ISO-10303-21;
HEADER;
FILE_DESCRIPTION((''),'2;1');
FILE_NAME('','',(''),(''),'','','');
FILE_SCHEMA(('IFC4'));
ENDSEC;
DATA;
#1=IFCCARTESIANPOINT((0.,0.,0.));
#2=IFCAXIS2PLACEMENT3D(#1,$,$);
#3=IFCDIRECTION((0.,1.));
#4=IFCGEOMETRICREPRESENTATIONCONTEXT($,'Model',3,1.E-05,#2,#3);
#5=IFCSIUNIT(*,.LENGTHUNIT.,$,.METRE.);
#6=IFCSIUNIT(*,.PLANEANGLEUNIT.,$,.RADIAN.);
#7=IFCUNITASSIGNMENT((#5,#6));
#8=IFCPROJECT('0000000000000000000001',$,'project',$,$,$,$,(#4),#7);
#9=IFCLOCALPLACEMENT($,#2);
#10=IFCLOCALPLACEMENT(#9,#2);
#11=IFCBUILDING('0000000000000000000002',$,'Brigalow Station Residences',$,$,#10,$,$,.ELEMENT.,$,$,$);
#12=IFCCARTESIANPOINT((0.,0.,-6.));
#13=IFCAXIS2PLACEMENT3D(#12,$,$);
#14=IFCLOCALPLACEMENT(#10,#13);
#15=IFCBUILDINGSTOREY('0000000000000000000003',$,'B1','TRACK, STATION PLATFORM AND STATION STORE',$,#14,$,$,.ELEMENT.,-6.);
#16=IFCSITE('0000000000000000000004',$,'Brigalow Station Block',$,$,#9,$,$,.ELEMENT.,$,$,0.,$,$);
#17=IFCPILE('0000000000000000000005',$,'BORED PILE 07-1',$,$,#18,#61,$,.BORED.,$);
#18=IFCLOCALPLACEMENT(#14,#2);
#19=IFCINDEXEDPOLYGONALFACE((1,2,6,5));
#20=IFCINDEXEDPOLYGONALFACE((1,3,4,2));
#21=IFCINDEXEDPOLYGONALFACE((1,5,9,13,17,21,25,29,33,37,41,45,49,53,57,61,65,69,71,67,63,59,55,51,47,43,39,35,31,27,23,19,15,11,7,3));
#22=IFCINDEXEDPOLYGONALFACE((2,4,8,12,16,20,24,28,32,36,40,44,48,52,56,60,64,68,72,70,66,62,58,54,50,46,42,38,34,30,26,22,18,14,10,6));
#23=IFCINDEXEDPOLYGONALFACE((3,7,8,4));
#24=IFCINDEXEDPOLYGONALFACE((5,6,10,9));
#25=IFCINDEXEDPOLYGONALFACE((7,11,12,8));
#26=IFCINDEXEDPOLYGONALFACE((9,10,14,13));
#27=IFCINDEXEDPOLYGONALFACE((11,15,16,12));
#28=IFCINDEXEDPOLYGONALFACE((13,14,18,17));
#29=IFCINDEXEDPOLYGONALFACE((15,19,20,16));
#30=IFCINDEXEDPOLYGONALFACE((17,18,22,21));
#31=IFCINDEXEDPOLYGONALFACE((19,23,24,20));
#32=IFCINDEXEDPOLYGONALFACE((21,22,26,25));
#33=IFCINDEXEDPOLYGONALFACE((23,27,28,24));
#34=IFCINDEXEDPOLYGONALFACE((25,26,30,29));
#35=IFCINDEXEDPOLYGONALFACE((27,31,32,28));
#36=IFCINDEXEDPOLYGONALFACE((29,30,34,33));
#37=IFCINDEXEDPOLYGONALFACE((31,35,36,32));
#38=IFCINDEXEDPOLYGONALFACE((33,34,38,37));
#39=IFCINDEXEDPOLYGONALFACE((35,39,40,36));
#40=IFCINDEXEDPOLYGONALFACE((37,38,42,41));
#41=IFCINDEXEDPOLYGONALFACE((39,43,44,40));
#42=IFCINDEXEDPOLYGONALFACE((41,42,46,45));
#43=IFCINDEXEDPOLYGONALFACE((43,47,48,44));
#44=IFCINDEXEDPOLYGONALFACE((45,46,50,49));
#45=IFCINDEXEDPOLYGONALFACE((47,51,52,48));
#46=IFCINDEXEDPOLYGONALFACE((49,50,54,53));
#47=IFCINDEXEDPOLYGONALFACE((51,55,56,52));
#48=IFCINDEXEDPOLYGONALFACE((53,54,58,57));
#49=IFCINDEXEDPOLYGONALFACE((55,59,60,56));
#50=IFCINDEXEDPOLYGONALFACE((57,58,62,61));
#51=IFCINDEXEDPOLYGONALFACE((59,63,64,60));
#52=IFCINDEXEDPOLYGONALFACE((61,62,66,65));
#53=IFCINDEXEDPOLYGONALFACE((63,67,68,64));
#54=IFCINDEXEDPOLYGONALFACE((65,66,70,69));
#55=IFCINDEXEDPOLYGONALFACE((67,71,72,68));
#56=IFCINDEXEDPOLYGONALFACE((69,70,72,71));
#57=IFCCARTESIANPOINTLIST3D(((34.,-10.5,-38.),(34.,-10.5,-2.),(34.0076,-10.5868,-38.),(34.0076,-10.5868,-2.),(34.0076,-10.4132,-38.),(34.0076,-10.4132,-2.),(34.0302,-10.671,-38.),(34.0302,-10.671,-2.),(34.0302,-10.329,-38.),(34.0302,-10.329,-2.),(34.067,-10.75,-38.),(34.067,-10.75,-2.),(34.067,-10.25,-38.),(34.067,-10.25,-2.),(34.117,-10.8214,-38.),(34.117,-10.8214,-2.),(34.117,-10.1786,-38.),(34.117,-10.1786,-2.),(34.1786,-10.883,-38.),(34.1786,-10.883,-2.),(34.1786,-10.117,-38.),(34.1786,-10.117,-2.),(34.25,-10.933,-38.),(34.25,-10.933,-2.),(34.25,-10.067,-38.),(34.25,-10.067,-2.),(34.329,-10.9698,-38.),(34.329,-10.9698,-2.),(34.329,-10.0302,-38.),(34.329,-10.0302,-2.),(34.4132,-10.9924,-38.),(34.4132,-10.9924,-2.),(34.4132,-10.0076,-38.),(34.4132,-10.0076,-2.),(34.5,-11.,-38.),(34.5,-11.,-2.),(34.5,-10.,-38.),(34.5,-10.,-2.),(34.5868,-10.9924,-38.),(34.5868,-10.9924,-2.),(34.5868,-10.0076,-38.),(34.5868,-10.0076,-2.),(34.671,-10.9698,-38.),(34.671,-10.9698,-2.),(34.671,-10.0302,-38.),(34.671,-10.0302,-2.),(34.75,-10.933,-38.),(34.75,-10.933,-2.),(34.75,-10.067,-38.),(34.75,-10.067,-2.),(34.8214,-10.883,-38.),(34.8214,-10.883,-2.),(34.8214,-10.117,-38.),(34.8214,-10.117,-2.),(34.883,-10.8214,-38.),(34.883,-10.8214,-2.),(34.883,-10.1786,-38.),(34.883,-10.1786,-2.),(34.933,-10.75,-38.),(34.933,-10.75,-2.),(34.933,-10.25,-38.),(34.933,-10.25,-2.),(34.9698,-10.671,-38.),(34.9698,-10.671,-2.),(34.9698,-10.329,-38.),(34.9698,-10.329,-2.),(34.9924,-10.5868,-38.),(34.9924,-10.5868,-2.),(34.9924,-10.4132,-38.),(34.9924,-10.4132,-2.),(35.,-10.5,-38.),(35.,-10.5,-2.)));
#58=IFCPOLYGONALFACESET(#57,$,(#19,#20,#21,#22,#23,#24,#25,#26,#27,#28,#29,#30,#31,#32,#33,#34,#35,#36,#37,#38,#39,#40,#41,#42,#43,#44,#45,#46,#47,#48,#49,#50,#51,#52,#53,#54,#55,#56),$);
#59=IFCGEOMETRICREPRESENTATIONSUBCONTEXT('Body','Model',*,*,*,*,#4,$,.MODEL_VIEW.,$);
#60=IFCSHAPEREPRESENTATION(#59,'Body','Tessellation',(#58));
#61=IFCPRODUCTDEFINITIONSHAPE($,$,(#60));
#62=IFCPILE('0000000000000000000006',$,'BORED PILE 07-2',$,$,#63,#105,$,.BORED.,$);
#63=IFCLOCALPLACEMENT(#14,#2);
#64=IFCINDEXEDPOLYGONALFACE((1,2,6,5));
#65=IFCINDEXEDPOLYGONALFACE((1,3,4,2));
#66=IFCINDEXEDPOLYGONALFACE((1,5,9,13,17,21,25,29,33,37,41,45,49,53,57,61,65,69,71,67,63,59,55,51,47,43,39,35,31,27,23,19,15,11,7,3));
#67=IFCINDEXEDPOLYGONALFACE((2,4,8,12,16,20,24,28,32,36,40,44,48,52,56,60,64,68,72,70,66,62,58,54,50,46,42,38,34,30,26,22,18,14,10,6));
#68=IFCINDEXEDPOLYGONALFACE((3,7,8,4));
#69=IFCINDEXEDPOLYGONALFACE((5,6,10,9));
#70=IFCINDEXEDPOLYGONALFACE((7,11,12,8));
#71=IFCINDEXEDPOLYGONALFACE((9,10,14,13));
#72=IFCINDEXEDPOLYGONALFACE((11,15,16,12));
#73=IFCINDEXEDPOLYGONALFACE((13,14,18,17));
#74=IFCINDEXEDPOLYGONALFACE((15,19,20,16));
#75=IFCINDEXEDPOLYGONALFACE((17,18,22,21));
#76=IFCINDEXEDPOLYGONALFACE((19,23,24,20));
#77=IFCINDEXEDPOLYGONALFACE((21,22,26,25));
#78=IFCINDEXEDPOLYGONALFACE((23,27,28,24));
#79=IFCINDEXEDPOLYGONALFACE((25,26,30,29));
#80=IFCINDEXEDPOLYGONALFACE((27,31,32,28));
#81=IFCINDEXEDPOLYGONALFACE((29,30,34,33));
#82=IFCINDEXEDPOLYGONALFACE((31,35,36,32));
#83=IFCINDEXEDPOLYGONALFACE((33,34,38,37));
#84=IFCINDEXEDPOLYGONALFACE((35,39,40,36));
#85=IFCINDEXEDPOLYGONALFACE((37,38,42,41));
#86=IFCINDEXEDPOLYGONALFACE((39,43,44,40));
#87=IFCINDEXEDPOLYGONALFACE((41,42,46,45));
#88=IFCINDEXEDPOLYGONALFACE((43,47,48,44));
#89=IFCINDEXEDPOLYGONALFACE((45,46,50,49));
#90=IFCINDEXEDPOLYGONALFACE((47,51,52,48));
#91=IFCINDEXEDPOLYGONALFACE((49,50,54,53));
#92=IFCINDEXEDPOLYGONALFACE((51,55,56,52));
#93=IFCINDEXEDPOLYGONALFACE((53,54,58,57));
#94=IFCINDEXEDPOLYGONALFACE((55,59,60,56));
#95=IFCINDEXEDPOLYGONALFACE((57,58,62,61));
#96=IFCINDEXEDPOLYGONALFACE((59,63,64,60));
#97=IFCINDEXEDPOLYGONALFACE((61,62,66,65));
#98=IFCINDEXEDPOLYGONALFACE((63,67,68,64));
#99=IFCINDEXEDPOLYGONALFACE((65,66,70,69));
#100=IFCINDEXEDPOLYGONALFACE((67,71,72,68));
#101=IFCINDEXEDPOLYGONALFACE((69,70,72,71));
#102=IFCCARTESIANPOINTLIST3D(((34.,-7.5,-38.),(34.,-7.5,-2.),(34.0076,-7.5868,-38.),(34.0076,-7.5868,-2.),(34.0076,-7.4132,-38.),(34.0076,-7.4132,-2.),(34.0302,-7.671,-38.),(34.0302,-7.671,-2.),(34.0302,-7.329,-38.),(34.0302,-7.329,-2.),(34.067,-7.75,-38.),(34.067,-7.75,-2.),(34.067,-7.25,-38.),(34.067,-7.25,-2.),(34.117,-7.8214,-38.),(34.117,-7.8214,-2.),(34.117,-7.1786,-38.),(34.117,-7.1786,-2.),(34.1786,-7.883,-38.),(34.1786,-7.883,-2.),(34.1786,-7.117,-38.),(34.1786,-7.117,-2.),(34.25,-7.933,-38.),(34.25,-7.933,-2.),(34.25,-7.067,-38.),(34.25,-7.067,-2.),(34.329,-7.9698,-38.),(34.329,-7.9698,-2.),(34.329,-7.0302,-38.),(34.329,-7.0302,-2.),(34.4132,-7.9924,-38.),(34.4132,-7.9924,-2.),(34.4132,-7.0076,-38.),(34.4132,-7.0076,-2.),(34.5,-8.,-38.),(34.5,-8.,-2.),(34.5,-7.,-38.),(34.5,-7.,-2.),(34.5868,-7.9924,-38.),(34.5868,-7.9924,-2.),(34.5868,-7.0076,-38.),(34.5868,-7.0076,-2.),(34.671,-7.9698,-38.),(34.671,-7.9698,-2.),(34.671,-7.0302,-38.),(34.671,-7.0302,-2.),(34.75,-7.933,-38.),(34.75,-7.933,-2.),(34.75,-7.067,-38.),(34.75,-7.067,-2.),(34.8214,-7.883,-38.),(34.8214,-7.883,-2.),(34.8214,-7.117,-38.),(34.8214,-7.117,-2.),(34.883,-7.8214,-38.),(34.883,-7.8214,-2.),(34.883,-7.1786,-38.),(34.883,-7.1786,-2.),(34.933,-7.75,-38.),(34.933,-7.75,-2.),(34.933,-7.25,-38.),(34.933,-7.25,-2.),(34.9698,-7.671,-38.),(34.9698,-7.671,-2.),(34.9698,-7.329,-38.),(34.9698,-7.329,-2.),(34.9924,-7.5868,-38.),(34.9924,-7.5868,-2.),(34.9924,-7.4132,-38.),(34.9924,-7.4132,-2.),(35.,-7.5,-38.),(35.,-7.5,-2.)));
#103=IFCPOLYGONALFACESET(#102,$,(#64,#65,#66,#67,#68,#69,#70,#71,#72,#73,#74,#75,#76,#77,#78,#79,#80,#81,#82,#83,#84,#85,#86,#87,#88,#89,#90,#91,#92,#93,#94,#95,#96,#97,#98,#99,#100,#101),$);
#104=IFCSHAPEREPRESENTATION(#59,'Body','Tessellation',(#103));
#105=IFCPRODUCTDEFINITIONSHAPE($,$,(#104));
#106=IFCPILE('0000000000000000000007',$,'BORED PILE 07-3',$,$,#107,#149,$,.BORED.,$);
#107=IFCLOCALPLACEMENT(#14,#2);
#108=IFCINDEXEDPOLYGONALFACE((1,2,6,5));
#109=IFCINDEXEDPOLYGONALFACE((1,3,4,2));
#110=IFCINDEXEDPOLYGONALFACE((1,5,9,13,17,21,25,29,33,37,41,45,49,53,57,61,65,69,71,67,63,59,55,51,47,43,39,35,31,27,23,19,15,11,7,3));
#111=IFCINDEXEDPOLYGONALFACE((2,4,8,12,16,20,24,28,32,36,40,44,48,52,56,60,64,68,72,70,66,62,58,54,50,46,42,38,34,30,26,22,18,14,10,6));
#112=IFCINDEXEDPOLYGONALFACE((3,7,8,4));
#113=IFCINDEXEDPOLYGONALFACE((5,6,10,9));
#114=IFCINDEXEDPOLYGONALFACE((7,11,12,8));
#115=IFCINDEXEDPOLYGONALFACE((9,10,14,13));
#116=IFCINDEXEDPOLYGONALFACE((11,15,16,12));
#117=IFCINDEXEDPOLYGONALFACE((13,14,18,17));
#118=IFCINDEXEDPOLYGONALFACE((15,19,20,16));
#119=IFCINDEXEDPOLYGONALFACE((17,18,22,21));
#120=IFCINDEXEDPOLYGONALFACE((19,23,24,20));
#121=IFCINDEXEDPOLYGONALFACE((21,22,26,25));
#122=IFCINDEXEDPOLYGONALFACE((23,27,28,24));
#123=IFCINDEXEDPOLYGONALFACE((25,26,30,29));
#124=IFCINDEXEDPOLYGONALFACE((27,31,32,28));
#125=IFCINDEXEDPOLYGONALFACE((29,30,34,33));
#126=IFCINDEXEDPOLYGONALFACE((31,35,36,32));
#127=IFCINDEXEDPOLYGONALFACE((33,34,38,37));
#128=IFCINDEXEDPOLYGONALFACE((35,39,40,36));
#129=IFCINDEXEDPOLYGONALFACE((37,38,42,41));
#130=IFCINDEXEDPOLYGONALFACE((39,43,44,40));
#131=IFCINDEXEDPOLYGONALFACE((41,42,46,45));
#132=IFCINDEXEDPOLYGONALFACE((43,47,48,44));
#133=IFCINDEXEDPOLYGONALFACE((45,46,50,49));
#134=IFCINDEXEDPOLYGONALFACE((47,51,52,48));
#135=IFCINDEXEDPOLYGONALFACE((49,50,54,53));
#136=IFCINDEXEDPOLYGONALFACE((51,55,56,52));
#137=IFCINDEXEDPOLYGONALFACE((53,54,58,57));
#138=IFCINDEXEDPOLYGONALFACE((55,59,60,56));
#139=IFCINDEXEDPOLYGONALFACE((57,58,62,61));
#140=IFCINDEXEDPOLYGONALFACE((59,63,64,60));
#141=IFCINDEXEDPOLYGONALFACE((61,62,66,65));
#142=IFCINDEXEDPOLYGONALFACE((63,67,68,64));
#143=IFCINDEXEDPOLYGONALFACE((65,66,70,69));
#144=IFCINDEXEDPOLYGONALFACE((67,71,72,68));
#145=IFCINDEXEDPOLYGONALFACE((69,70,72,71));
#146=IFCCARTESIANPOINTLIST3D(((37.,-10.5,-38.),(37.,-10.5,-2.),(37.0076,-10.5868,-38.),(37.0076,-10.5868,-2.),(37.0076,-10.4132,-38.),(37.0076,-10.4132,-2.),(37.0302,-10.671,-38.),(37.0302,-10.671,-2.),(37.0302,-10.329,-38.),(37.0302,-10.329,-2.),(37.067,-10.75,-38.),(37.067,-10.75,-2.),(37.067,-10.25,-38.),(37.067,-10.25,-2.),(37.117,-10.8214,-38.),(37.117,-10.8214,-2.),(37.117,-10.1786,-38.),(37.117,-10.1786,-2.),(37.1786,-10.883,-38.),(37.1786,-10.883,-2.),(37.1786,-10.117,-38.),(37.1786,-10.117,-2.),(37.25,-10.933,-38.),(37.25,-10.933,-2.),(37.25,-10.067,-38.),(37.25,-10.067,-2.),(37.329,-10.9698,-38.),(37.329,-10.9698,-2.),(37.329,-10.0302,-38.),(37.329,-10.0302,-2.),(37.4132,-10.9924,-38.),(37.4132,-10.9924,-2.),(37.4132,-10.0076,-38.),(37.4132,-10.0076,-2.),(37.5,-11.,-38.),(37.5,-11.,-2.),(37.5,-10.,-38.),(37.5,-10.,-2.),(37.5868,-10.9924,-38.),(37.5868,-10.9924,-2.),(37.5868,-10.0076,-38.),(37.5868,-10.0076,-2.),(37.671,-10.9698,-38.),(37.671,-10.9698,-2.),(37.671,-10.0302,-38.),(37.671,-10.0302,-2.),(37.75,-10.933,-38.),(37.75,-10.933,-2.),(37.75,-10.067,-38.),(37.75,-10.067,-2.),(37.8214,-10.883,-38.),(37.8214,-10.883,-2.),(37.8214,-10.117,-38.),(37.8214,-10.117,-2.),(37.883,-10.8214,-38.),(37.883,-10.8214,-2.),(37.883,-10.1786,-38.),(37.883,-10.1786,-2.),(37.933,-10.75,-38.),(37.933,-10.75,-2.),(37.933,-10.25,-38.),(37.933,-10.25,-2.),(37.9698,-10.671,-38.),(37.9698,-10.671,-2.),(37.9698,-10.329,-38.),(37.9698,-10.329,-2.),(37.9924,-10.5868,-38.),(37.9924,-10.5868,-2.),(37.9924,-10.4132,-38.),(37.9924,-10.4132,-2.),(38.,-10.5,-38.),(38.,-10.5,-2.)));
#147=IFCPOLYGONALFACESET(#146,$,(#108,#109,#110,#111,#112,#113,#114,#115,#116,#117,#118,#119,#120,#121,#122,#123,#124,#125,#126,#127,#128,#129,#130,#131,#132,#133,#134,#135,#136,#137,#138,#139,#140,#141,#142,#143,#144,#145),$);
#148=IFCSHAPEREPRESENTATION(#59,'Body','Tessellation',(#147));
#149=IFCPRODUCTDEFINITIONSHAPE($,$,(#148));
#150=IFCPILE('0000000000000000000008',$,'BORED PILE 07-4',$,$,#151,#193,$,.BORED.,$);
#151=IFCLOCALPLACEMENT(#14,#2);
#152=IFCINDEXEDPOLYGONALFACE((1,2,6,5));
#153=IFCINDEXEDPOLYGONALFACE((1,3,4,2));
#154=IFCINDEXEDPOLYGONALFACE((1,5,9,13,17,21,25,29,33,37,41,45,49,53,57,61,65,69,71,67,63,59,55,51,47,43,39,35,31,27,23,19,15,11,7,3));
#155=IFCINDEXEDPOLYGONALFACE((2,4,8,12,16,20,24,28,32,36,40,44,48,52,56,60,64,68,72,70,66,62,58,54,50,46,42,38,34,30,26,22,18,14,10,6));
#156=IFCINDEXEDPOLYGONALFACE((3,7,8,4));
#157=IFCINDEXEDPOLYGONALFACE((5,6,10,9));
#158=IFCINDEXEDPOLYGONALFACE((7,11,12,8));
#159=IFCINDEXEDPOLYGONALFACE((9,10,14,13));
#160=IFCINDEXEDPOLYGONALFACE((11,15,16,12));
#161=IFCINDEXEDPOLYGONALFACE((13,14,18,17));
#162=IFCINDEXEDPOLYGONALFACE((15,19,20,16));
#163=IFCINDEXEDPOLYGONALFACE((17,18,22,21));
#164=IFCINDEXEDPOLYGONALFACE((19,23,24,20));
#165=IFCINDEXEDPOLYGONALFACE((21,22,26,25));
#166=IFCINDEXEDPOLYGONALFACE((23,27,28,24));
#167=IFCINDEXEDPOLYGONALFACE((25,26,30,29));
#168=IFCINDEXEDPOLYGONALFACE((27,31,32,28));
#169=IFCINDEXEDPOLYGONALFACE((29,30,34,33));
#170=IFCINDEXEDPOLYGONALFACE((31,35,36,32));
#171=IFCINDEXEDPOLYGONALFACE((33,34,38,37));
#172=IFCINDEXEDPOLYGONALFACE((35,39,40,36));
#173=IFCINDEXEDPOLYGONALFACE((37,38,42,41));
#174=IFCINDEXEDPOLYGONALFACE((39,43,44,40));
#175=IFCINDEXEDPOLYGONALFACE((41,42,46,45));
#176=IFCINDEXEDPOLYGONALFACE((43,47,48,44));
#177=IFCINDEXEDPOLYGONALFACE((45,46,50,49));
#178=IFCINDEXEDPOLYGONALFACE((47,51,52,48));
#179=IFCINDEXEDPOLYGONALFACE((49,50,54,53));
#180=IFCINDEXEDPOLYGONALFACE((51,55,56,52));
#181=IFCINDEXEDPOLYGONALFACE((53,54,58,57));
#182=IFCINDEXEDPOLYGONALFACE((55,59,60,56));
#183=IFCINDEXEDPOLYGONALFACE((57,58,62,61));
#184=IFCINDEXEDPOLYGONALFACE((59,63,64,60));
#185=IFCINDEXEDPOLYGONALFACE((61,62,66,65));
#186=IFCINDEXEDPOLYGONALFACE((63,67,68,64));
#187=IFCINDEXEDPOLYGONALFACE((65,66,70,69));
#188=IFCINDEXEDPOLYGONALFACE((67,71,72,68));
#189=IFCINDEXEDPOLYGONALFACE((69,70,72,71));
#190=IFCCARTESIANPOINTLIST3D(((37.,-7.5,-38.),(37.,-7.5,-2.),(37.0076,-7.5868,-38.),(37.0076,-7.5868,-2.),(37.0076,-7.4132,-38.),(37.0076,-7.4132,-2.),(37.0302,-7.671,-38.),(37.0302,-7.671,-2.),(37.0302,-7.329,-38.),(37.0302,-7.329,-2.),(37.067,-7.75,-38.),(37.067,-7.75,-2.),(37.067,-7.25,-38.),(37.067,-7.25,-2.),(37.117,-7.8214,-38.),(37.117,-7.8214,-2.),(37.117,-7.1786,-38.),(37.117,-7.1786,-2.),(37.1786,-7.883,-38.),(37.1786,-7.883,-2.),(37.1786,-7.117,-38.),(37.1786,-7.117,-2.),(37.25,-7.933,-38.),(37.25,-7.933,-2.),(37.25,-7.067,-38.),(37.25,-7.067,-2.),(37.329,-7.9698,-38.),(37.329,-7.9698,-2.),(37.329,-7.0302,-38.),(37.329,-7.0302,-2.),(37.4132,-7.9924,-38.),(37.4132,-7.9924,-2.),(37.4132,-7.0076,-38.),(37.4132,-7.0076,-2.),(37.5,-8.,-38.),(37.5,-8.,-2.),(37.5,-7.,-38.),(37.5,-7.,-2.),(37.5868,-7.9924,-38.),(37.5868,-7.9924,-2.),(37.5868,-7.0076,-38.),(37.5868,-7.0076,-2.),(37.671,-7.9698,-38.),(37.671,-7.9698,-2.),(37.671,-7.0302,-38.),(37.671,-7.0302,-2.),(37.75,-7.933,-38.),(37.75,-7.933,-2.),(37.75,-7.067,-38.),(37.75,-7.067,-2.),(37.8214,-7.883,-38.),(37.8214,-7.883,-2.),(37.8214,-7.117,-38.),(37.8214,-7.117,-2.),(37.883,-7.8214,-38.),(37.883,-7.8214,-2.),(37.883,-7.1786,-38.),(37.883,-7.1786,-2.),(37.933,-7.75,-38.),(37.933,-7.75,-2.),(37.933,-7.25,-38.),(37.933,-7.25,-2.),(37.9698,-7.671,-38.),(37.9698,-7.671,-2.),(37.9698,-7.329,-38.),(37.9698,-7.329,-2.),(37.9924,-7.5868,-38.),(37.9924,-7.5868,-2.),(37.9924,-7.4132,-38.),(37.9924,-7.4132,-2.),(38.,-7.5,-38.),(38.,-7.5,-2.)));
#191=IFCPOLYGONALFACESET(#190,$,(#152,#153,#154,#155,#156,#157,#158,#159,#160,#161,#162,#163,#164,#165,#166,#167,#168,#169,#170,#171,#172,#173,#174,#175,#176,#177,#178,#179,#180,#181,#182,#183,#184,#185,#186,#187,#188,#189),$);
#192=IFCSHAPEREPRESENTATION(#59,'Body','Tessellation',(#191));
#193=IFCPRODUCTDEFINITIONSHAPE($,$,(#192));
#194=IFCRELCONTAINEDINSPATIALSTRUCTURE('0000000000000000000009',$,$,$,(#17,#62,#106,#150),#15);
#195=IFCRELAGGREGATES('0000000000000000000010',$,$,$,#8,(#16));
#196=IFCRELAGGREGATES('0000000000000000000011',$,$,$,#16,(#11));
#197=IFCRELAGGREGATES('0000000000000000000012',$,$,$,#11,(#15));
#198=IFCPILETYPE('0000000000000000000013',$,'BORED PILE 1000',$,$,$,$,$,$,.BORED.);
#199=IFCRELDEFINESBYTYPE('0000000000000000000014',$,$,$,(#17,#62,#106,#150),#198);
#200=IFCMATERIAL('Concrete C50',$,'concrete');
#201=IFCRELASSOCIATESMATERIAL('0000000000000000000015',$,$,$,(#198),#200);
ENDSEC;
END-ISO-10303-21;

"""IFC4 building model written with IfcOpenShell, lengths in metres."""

from ifc_helpers import new_model, si_unit, direction, frame, origin, origin_2d, place, context, subcontext, project, spatial, circle, extrude, material, material_profile, profile_set, type_object, element, save


model = new_model("IFC4")

# Units and contexts
model_context = context("Model", 3, precision=1e-05, world=origin(), true_north=direction((0.0, 1.0)))
body_context = subcontext(model_context, "Body", "Model", "MODEL_VIEW")
ifc_project = project(units=[si_unit("LENGTHUNIT", "METRE"), si_unit("PLANEANGLEUNIT", "RADIAN")], contexts=[model_context])

# Site, building, storey
site_placement = place(None, origin())
site = spatial("IfcSite", under=ifc_project, at=site_placement, Name="Brigalow Station Block", CompositionType="ELEMENT", RefElevation=0.0)
building_placement = place(site_placement, origin())
building = spatial("IfcBuilding", under=site, at=building_placement, Name="Brigalow Station Residences", CompositionType="ELEMENT")
storey_placement = place(building_placement, frame((0.0, 0.0, -6.0)))
storey = spatial("IfcBuildingStorey", under=building, at=storey_placement, Name="B1", Description="TRACK, STATION PLATFORM AND STATION STORE", CompositionType="ELEMENT", Elevation=-6.0)

# Piles
ifc_material_1 = material(Name="Concrete C50", Category="concrete")
ifc_material_profile_1 = material_profile(ifc_material_1, circle(Radius=0.5, at=origin_2d()), Name="BP1000")
ifc_profile_set_1 = profile_set([ifc_material_profile_1], Name="Concrete C50")
pile_type_1 = type_object("IfcPileType", Name="BORED PILE 1000", PredefinedType="BORED", material=ifc_profile_set_1)
for number, where, z_axis, x_axis, name in (
    (1, (34.5, -10.5, -2.0), (0.0, 0.0, -1.0), (1.0, 0.0, 0.0), "BORED PILE 07-1"),
    (2, (34.5, -7.5, -2.0), (0.0, 0.0, -1.0), (1.0, 0.0, 0.0), "BORED PILE 07-2"),
    (3, (37.5, -10.5, -2.0), (0.0, 0.0, -1.0), (1.0, 0.0, 0.0), "BORED PILE 07-3"),
    (4, (37.5, -7.5, -2.0), (0.0, 0.0, -1.0), (1.0, 0.0, 0.0), "BORED PILE 07-4"),
):
    element("IfcPile", number, at=place(storey_placement, frame(where, z_axis=z_axis, x_axis=x_axis)), inside=storey, type_object=pile_type_1, Name=name, PredefinedType="BORED", context=body_context, shape_type="SweptSolid", body=[
        extrude(circle(Radius=0.5, at=origin_2d()), origin(), (0.0, 0.0, 1.0), 36.0),
    ])

save(model, "model.ifc")
